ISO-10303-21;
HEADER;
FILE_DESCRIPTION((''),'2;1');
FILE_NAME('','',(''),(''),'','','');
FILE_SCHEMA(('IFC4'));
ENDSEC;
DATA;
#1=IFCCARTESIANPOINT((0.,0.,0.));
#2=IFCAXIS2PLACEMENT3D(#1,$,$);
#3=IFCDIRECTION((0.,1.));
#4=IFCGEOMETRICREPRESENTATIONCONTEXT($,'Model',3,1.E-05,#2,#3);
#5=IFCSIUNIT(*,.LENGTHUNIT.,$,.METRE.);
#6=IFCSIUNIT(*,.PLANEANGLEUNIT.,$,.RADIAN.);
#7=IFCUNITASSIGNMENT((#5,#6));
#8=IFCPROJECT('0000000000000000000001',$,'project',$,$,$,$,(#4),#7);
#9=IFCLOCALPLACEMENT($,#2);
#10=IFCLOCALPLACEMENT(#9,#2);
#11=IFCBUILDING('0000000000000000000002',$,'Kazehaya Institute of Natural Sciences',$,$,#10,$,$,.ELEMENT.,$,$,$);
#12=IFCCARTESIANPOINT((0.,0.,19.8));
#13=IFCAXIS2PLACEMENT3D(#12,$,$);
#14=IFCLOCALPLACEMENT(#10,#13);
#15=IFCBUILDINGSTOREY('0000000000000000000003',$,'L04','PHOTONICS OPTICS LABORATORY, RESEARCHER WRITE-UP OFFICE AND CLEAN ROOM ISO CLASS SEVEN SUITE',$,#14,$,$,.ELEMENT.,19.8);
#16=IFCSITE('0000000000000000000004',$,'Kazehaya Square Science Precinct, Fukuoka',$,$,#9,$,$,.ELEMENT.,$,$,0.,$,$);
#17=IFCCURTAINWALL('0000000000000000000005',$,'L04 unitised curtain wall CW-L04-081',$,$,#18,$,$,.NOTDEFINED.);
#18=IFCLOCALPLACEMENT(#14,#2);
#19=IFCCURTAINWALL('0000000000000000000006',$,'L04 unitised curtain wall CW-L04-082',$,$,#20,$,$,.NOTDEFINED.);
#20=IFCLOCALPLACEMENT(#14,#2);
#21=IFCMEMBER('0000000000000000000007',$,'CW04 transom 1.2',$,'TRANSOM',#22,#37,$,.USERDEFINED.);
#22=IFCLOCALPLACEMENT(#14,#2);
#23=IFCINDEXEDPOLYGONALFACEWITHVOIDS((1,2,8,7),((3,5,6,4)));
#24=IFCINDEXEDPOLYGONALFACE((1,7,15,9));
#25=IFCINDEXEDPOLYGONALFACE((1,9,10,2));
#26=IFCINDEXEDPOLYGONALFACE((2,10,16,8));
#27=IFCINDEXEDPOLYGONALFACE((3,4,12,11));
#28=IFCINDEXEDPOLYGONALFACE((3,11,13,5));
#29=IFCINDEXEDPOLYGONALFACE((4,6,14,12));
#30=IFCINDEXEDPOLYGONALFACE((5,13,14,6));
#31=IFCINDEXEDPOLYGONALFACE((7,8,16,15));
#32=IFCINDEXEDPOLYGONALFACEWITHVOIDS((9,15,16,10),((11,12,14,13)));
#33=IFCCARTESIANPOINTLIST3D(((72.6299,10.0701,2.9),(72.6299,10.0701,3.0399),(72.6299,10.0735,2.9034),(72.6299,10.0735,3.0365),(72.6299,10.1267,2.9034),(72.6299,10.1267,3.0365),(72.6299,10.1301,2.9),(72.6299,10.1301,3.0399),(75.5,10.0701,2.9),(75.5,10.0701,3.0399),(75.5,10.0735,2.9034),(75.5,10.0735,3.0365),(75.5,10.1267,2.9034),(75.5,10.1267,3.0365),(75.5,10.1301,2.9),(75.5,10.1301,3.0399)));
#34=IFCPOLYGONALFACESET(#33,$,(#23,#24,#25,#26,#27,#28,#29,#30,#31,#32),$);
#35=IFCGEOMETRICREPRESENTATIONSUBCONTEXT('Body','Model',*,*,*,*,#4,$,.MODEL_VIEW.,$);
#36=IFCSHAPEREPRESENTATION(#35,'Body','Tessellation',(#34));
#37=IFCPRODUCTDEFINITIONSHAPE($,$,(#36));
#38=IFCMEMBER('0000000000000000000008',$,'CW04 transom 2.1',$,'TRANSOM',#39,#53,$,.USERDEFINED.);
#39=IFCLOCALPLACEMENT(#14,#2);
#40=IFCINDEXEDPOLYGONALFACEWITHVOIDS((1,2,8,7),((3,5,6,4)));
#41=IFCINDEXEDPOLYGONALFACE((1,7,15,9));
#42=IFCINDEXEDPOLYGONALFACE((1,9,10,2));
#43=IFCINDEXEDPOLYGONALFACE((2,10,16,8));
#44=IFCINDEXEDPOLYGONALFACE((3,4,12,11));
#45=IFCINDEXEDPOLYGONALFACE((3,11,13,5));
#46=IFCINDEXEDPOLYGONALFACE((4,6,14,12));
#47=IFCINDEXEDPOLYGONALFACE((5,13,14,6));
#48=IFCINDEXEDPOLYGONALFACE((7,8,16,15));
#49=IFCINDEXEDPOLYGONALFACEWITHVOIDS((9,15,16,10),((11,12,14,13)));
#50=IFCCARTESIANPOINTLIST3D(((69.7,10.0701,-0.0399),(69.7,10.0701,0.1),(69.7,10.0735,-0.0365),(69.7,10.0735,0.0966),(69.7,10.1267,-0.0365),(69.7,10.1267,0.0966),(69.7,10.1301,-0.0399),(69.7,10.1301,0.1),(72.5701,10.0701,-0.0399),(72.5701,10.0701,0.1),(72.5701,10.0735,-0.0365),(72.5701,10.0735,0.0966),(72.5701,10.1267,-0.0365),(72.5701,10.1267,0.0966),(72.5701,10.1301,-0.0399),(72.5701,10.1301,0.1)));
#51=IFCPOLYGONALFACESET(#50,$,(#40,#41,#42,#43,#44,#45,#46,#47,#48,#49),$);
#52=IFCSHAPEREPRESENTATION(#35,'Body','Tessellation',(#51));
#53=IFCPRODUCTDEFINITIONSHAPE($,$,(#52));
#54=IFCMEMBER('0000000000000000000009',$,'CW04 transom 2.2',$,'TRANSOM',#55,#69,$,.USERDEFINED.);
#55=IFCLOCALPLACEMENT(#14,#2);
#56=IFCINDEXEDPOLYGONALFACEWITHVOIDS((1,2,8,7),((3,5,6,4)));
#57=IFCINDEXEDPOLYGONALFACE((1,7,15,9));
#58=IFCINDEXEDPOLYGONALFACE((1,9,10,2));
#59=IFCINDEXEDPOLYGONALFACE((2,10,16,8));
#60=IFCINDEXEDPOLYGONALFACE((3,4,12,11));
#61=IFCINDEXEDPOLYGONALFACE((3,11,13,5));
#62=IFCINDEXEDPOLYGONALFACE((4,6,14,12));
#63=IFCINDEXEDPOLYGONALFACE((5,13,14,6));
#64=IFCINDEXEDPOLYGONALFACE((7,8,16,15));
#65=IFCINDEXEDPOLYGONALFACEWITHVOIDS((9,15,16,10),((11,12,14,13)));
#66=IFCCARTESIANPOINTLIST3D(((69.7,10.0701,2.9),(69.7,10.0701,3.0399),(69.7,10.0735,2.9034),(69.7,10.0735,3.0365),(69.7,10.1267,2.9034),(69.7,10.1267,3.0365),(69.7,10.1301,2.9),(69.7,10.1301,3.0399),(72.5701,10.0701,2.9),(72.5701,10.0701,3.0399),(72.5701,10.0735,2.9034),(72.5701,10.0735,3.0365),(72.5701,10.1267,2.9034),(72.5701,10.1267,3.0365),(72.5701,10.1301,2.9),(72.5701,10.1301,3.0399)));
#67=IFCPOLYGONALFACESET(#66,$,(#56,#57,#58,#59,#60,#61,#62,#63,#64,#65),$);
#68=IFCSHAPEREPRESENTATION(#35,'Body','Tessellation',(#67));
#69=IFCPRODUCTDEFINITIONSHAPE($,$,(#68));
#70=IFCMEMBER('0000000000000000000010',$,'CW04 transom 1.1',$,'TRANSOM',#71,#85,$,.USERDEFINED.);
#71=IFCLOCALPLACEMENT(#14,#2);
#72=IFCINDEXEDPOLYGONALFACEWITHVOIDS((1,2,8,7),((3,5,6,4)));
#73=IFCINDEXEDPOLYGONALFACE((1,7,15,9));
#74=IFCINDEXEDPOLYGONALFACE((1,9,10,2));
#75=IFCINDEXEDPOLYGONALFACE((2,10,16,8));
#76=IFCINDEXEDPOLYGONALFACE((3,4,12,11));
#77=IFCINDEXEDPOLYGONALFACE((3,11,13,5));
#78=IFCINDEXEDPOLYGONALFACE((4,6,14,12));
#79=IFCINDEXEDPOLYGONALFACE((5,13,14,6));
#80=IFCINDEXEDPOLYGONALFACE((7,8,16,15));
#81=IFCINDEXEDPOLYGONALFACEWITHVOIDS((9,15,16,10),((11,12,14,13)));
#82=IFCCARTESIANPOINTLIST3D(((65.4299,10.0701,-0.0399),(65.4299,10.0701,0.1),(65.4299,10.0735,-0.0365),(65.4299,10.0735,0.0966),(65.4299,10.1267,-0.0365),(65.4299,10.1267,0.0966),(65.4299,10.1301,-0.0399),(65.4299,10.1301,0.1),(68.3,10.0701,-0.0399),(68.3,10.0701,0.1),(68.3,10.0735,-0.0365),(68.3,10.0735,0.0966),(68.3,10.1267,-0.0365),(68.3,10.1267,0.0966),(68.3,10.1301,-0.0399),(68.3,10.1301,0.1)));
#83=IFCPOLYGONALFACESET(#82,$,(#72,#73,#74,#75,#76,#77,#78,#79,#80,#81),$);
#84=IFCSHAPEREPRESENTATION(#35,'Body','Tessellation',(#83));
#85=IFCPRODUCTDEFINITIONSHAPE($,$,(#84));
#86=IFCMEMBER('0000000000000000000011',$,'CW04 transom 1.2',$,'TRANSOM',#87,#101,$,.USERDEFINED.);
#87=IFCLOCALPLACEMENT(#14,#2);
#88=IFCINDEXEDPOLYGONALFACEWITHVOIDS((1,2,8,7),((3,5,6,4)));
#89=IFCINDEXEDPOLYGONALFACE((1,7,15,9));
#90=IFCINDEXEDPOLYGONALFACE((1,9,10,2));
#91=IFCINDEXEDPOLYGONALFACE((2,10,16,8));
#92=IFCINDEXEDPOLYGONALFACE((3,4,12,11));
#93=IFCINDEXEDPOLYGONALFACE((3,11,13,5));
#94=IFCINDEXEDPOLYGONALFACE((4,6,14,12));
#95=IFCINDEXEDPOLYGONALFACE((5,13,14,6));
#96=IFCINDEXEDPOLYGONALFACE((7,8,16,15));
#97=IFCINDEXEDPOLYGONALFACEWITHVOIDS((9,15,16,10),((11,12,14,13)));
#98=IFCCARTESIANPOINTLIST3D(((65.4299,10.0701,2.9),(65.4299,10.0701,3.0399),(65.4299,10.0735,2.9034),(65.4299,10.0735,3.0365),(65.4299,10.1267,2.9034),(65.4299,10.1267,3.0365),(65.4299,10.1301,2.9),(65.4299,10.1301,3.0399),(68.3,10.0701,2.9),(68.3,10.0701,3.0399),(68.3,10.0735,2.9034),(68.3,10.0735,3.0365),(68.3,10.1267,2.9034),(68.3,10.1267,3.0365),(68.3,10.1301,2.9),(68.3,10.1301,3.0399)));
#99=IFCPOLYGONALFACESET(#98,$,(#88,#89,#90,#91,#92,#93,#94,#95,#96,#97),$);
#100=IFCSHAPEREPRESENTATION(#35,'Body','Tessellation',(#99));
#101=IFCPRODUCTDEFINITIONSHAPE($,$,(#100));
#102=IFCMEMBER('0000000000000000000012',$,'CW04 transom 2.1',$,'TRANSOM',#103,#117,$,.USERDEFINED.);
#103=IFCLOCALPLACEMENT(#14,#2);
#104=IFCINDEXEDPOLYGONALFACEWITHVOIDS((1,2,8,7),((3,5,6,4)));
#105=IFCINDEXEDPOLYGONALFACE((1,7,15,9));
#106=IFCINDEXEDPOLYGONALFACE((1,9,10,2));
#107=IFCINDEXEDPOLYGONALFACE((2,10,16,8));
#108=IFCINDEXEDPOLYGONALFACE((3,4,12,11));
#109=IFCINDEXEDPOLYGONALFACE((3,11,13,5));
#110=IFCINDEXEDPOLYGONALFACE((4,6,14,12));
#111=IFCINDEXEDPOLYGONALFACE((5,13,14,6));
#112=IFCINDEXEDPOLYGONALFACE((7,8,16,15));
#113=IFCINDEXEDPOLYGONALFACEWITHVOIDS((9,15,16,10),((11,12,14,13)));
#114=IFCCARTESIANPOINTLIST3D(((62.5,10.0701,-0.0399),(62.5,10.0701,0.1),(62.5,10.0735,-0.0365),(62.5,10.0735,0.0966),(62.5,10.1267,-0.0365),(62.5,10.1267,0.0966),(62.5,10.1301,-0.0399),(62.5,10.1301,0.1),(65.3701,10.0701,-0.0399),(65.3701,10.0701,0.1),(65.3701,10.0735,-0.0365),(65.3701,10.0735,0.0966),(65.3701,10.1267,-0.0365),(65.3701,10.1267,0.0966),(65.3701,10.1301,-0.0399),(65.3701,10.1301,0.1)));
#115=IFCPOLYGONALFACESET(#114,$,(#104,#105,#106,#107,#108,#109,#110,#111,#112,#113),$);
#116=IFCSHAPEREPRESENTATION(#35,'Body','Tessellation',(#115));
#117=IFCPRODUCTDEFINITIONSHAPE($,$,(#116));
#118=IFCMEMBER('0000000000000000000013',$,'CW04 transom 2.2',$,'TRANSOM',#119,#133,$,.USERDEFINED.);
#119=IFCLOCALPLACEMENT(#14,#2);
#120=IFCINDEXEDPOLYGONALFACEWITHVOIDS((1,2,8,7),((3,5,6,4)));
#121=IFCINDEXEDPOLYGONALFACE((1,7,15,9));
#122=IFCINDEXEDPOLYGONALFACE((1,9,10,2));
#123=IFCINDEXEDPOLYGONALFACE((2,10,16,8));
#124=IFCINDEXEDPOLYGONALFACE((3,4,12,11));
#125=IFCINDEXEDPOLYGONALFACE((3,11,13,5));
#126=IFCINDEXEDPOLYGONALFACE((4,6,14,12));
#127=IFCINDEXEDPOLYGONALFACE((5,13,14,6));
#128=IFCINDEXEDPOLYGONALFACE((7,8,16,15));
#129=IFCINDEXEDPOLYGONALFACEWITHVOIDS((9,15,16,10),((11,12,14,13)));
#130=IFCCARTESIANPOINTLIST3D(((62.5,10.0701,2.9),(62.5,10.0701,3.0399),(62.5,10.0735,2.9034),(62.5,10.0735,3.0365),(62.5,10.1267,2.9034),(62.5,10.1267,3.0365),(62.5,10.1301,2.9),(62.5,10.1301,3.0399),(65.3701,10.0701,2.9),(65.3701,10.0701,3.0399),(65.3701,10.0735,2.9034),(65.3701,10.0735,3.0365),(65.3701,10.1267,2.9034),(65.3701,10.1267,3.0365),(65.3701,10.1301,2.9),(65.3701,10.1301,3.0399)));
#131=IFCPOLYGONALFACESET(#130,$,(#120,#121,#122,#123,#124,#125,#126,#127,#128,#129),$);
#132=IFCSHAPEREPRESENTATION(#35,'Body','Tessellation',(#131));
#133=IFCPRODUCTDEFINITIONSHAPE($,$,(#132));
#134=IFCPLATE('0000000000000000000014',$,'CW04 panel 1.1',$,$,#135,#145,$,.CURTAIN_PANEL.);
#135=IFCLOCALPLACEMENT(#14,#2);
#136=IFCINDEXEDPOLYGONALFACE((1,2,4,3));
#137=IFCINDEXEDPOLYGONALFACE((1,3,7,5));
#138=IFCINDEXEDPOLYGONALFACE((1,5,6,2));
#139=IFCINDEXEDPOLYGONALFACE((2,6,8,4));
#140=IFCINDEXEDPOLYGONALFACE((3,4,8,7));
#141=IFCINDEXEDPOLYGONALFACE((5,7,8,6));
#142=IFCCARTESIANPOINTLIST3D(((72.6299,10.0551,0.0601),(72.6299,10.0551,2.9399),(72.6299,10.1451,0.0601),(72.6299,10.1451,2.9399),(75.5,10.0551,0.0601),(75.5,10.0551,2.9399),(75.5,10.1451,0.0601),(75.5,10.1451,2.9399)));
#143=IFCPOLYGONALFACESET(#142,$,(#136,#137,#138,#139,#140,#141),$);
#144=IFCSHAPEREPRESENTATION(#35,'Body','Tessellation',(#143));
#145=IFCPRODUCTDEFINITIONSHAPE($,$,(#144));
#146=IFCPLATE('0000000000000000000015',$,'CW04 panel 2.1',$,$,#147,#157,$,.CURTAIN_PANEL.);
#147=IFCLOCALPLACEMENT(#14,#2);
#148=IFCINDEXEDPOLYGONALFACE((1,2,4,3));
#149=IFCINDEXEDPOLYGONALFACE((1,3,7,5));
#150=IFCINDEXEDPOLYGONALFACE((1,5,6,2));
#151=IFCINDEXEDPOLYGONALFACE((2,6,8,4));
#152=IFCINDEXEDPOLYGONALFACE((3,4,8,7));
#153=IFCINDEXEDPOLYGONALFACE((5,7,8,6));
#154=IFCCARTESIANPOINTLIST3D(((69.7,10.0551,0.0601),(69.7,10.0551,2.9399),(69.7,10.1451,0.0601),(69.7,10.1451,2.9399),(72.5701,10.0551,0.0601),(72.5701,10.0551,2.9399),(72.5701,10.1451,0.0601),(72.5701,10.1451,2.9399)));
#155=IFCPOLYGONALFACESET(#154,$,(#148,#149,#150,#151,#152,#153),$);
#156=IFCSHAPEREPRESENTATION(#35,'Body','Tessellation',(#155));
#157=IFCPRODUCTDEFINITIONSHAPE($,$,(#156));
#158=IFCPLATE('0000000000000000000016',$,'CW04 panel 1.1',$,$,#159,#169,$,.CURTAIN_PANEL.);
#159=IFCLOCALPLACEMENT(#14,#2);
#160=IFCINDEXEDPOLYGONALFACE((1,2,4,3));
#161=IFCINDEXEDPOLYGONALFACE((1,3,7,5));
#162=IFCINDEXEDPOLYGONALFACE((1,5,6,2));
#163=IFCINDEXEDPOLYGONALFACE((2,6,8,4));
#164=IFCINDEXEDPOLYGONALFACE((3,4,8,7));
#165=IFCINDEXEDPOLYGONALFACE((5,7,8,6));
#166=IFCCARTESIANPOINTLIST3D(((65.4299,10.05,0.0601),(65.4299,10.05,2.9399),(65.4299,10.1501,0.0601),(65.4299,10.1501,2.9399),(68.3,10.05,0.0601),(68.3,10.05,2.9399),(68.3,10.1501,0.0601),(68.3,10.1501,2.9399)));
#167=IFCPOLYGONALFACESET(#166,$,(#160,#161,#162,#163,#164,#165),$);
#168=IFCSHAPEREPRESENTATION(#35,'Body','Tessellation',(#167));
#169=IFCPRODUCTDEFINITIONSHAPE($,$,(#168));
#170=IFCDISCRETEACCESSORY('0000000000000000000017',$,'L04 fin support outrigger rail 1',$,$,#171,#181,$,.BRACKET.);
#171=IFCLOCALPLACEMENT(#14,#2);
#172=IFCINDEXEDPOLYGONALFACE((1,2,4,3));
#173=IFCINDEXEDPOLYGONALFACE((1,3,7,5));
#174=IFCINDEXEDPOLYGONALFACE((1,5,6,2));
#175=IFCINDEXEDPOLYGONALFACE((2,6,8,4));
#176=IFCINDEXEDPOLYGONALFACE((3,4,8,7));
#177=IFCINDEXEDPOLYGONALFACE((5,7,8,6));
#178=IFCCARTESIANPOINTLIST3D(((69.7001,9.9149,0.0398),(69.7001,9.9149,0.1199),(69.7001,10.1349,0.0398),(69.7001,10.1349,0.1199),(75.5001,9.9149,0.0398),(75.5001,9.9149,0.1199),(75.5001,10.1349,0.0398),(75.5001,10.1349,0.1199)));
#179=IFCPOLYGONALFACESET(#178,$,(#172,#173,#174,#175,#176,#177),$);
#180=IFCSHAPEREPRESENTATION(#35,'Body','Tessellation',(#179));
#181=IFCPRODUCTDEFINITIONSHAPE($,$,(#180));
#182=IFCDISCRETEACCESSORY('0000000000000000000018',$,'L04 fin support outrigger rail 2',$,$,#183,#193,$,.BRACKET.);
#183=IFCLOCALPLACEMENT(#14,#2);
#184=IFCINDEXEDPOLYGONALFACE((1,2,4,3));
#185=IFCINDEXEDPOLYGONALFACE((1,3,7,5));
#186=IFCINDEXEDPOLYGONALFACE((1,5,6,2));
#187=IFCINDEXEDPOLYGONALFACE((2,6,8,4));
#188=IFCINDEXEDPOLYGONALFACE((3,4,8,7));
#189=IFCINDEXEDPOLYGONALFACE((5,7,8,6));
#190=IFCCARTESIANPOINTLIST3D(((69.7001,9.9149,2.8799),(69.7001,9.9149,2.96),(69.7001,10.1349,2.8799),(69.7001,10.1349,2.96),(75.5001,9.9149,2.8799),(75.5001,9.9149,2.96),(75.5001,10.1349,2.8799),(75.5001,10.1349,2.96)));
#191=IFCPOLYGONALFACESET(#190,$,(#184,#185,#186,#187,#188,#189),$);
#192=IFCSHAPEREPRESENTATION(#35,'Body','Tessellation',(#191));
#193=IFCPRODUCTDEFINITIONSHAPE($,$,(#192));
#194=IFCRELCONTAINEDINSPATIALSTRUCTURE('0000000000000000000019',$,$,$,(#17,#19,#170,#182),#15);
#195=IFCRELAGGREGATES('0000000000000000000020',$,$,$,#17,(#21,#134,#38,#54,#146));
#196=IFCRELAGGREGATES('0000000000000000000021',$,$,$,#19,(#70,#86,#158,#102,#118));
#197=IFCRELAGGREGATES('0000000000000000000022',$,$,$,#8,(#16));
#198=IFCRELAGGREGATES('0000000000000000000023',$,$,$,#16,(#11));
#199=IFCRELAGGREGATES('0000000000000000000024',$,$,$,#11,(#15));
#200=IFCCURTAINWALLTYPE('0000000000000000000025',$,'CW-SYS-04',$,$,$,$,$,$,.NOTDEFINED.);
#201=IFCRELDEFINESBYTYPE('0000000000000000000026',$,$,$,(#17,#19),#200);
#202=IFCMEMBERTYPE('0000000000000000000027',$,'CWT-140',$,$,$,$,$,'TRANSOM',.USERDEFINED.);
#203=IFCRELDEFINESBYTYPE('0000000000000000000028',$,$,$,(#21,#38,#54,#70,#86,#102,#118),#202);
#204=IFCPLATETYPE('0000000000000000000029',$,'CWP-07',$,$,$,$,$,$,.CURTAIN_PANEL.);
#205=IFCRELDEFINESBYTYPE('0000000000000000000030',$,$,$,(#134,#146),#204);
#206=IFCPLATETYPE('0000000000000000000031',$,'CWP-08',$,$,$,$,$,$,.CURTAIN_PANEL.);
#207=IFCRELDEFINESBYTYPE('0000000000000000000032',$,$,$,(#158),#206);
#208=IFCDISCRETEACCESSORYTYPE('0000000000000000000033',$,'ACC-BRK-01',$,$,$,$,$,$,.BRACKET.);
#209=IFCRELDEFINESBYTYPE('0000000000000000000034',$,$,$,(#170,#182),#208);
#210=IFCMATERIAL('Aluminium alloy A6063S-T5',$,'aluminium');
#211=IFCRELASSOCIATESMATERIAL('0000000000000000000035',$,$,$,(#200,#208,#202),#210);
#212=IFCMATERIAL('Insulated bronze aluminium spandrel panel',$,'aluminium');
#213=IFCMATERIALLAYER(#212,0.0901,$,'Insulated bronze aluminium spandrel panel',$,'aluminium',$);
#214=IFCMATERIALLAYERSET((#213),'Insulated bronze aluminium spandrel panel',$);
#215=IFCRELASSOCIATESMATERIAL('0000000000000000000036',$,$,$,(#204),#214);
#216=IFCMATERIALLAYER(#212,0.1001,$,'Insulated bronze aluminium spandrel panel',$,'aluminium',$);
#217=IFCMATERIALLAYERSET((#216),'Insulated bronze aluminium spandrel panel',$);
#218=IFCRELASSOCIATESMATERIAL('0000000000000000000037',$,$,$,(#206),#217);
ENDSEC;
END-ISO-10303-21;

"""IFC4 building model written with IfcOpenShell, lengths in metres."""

from ifc_helpers import new_model, si_unit, direction, frame, origin, origin_2d, place, context, subcontext, project, spatial, rectangle, hollow_rectangle, extrude, material, layer, layer_set, material_profile, profile_set, type_object, element, aggregate, save


model = new_model("IFC4")

# Units and contexts
model_context = context("Model", 3, precision=1e-05, world=origin(), true_north=direction((0.0, 1.0)))
body_context = subcontext(model_context, "Body", "Model", "MODEL_VIEW")
ifc_project = project(units=[si_unit("LENGTHUNIT", "METRE"), si_unit("PLANEANGLEUNIT", "RADIAN")], contexts=[model_context])

# Site, building, storey
site_placement = place(None, origin())
site = spatial("IfcSite", under=ifc_project, at=site_placement, Name="Kazehaya Square Science Precinct, Fukuoka", CompositionType="ELEMENT", RefElevation=0.0)
building_placement = place(site_placement, origin())
building = spatial("IfcBuilding", under=site, at=building_placement, Name="Kazehaya Institute of Natural Sciences", CompositionType="ELEMENT")
storey_placement = place(building_placement, frame((0.0, 0.0, 19.8)))
storey = spatial("IfcBuildingStorey", under=building, at=storey_placement, Name="L04", Description="PHOTONICS OPTICS LABORATORY, RESEARCHER WRITE-UP OFFICE AND CLEAN ROOM ISO CLASS SEVEN SUITE", CompositionType="ELEMENT", Elevation=19.8)

# Curtain walls
ifc_material_1 = material(Name="Aluminium alloy A6063S-T5", Category="aluminium")
curtain_wall_type = type_object("IfcCurtainWallType", Name="CW-SYS-04", PredefinedType="NOTDEFINED", material=ifc_material_1)
curtain_wall_1_placement = place(storey_placement, origin())
curtain_wall_1 = element("IfcCurtainWall", 1, at=curtain_wall_1_placement, inside=storey, type_object=curtain_wall_type, Name="L04 unitised curtain wall CW-L04-081", PredefinedType="NOTDEFINED")
curtain_wall_2_placement = place(storey_placement, origin())
curtain_wall_2 = element("IfcCurtainWall", 2, at=curtain_wall_2_placement, inside=storey, type_object=curtain_wall_type, Name="L04 unitised curtain wall CW-L04-082", PredefinedType="NOTDEFINED")

# Members
ifc_material_profile_1 = material_profile(ifc_material_1, hollow_rectangle(XDim=0.0601, YDim=0.1399, WallThickness=0.0034, at=origin_2d()), Name="ALU-60x140x3.5")
ifc_profile_set_1 = profile_set([ifc_material_profile_1], Name="Aluminium alloy A6063S-T5")
member_type_1 = type_object("IfcMemberType", Name="CWT-140", ElementType="TRANSOM", PredefinedType="USERDEFINED", material=ifc_profile_set_1)
member_1_placement = place(storey_placement, frame((75.5, 10.1001, 2.97), z_axis=(-1.0, 0.0, 0.0), x_axis=(0.0, -1.0, 0.0)))
member_1 = element("IfcMember", 3, at=member_1_placement, type_object=member_type_1, Name="CW04 transom 1.2", ObjectType="TRANSOM", PredefinedType="USERDEFINED", context=body_context, shape_type="SweptSolid", body=[
    extrude(hollow_rectangle(XDim=0.0601, YDim=0.1399, WallThickness=0.0034, at=origin_2d()), origin(), (0.0, 0.0, 1.0), 2.8701),
])
member_2_placement = place(storey_placement, frame((72.5701, 10.1001, 0.03), z_axis=(-1.0, 0.0, 0.0), x_axis=(0.0, -1.0, 0.0)))
member_2 = element("IfcMember", 4, at=member_2_placement, type_object=member_type_1, Name="CW04 transom 2.1", ObjectType="TRANSOM", PredefinedType="USERDEFINED", context=body_context, shape_type="SweptSolid", body=[
    extrude(hollow_rectangle(XDim=0.0601, YDim=0.1399, WallThickness=0.0034, at=origin_2d()), origin(), (0.0, 0.0, 1.0), 2.8701),
])
member_3_placement = place(storey_placement, frame((72.5701, 10.1001, 2.97), z_axis=(-1.0, 0.0, 0.0), x_axis=(0.0, -1.0, 0.0)))
member_3 = element("IfcMember", 5, at=member_3_placement, type_object=member_type_1, Name="CW04 transom 2.2", ObjectType="TRANSOM", PredefinedType="USERDEFINED", context=body_context, shape_type="SweptSolid", body=[
    extrude(hollow_rectangle(XDim=0.0601, YDim=0.1399, WallThickness=0.0034, at=origin_2d()), origin(), (0.0, 0.0, 1.0), 2.8701),
])
member_4_placement = place(storey_placement, frame((68.3, 10.1001, 0.03), z_axis=(-1.0, 0.0, 0.0), x_axis=(0.0, -1.0, 0.0)))
member_4 = element("IfcMember", 6, at=member_4_placement, type_object=member_type_1, Name="CW04 transom 1.1", ObjectType="TRANSOM", PredefinedType="USERDEFINED", context=body_context, shape_type="SweptSolid", body=[
    extrude(hollow_rectangle(XDim=0.0601, YDim=0.1399, WallThickness=0.0034, at=origin_2d()), origin(), (0.0, 0.0, 1.0), 2.8701),
])
member_5_placement = place(storey_placement, frame((68.3, 10.1001, 2.97), z_axis=(-1.0, 0.0, 0.0), x_axis=(0.0, -1.0, 0.0)))
member_5 = element("IfcMember", 7, at=member_5_placement, type_object=member_type_1, Name="CW04 transom 1.2", ObjectType="TRANSOM", PredefinedType="USERDEFINED", context=body_context, shape_type="SweptSolid", body=[
    extrude(hollow_rectangle(XDim=0.0601, YDim=0.1399, WallThickness=0.0034, at=origin_2d()), origin(), (0.0, 0.0, 1.0), 2.8701),
])
member_6_placement = place(storey_placement, frame((65.3701, 10.1001, 0.03), z_axis=(-1.0, 0.0, 0.0), x_axis=(0.0, -1.0, 0.0)))
member_6 = element("IfcMember", 8, at=member_6_placement, type_object=member_type_1, Name="CW04 transom 2.1", ObjectType="TRANSOM", PredefinedType="USERDEFINED", context=body_context, shape_type="SweptSolid", body=[
    extrude(hollow_rectangle(XDim=0.0601, YDim=0.1399, WallThickness=0.0034, at=origin_2d()), origin(), (0.0, 0.0, 1.0), 2.8701),
])
member_7_placement = place(storey_placement, frame((65.3701, 10.1001, 2.97), z_axis=(-1.0, 0.0, 0.0), x_axis=(0.0, -1.0, 0.0)))
member_7 = element("IfcMember", 9, at=member_7_placement, type_object=member_type_1, Name="CW04 transom 2.2", ObjectType="TRANSOM", PredefinedType="USERDEFINED", context=body_context, shape_type="SweptSolid", body=[
    extrude(hollow_rectangle(XDim=0.0601, YDim=0.1399, WallThickness=0.0034, at=origin_2d()), origin(), (0.0, 0.0, 1.0), 2.8701),
])

# Plates
ifc_material_2 = material(Name="Insulated bronze aluminium spandrel panel", Category="aluminium")
ifc_layer_1 = layer(ifc_material_2, 0.0901, Name="Insulated bronze aluminium spandrel panel", Category="aluminium")
ifc_layer_set_1 = layer_set([ifc_layer_1], Name="Insulated bronze aluminium spandrel panel")
plate_type_1 = type_object("IfcPlateType", Name="CWP-07", PredefinedType="CURTAIN_PANEL", material=ifc_layer_set_1)
plate_1_placement = place(storey_placement, frame((74.0649, 10.1001, 0.0601), z_axis=(0.0, 0.0, 1.0), x_axis=(-1.0, 0.0, 0.0)))
plate_1 = element("IfcPlate", 10, at=plate_1_placement, type_object=plate_type_1, Name="CW04 panel 1.1", PredefinedType="CURTAIN_PANEL", context=body_context, shape_type="SweptSolid", body=[
    extrude(rectangle(XDim=2.8701, YDim=0.0901, at=origin_2d()), origin(), (0.0, 0.0, 1.0), 2.8799),
])
plate_2_placement = place(storey_placement, frame((71.135, 10.1001, 0.0601), z_axis=(0.0, 0.0, 1.0), x_axis=(-1.0, 0.0, 0.0)))
plate_2 = element("IfcPlate", 11, at=plate_2_placement, type_object=plate_type_1, Name="CW04 panel 2.1", PredefinedType="CURTAIN_PANEL", context=body_context, shape_type="SweptSolid", body=[
    extrude(rectangle(XDim=2.8701, YDim=0.0901, at=origin_2d()), origin(), (0.0, 0.0, 1.0), 2.8799),
])
aggregate(curtain_wall_1, [member_1, plate_1, member_2, member_3, plate_2])
ifc_layer_2 = layer(ifc_material_2, 0.1001, Name="Insulated bronze aluminium spandrel panel", Category="aluminium")
ifc_layer_set_2 = layer_set([ifc_layer_2], Name="Insulated bronze aluminium spandrel panel")
plate_type_2 = type_object("IfcPlateType", Name="CWP-08", PredefinedType="CURTAIN_PANEL", material=ifc_layer_set_2)
plate_3_placement = place(storey_placement, frame((66.865, 10.1001, 0.0601), z_axis=(0.0, 0.0, 1.0), x_axis=(-1.0, 0.0, 0.0)))
plate_3 = element("IfcPlate", 12, at=plate_3_placement, type_object=plate_type_2, Name="CW04 panel 1.1", PredefinedType="CURTAIN_PANEL", context=body_context, shape_type="SweptSolid", body=[
    extrude(rectangle(XDim=2.8701, YDim=0.1001, at=origin_2d()), origin(), (0.0, 0.0, 1.0), 2.8799),
])
aggregate(curtain_wall_2, [member_4, member_5, plate_3, member_6, member_7])

# Discrete accessories
discrete_accessory_type = type_object("IfcDiscreteAccessoryType", Name="ACC-BRK-01", PredefinedType="BRACKET", material=ifc_material_1)
for number, where, z_axis, x_axis, name in (
    (13, (72.6001, 10.0249, 0.0398), (0.0, 0.0, 1.0), (-1.0, 0.0, 0.0), "L04 fin support outrigger rail 1"),
    (14, (72.6001, 10.0249, 2.8799), (0.0, 0.0, 1.0), (-1.0, 0.0, 0.0), "L04 fin support outrigger rail 2"),
):
    element("IfcDiscreteAccessory", number, at=place(storey_placement, frame(where, z_axis=z_axis, x_axis=x_axis)), inside=storey, type_object=discrete_accessory_type, Name=name, PredefinedType="BRACKET", context=body_context, shape_type="SweptSolid", body=[
        extrude(rectangle(XDim=5.8, YDim=0.22, at=origin_2d()), origin(), (0.0, 0.0, 1.0), 0.0801),
    ])

save(model, "model.ifc")
